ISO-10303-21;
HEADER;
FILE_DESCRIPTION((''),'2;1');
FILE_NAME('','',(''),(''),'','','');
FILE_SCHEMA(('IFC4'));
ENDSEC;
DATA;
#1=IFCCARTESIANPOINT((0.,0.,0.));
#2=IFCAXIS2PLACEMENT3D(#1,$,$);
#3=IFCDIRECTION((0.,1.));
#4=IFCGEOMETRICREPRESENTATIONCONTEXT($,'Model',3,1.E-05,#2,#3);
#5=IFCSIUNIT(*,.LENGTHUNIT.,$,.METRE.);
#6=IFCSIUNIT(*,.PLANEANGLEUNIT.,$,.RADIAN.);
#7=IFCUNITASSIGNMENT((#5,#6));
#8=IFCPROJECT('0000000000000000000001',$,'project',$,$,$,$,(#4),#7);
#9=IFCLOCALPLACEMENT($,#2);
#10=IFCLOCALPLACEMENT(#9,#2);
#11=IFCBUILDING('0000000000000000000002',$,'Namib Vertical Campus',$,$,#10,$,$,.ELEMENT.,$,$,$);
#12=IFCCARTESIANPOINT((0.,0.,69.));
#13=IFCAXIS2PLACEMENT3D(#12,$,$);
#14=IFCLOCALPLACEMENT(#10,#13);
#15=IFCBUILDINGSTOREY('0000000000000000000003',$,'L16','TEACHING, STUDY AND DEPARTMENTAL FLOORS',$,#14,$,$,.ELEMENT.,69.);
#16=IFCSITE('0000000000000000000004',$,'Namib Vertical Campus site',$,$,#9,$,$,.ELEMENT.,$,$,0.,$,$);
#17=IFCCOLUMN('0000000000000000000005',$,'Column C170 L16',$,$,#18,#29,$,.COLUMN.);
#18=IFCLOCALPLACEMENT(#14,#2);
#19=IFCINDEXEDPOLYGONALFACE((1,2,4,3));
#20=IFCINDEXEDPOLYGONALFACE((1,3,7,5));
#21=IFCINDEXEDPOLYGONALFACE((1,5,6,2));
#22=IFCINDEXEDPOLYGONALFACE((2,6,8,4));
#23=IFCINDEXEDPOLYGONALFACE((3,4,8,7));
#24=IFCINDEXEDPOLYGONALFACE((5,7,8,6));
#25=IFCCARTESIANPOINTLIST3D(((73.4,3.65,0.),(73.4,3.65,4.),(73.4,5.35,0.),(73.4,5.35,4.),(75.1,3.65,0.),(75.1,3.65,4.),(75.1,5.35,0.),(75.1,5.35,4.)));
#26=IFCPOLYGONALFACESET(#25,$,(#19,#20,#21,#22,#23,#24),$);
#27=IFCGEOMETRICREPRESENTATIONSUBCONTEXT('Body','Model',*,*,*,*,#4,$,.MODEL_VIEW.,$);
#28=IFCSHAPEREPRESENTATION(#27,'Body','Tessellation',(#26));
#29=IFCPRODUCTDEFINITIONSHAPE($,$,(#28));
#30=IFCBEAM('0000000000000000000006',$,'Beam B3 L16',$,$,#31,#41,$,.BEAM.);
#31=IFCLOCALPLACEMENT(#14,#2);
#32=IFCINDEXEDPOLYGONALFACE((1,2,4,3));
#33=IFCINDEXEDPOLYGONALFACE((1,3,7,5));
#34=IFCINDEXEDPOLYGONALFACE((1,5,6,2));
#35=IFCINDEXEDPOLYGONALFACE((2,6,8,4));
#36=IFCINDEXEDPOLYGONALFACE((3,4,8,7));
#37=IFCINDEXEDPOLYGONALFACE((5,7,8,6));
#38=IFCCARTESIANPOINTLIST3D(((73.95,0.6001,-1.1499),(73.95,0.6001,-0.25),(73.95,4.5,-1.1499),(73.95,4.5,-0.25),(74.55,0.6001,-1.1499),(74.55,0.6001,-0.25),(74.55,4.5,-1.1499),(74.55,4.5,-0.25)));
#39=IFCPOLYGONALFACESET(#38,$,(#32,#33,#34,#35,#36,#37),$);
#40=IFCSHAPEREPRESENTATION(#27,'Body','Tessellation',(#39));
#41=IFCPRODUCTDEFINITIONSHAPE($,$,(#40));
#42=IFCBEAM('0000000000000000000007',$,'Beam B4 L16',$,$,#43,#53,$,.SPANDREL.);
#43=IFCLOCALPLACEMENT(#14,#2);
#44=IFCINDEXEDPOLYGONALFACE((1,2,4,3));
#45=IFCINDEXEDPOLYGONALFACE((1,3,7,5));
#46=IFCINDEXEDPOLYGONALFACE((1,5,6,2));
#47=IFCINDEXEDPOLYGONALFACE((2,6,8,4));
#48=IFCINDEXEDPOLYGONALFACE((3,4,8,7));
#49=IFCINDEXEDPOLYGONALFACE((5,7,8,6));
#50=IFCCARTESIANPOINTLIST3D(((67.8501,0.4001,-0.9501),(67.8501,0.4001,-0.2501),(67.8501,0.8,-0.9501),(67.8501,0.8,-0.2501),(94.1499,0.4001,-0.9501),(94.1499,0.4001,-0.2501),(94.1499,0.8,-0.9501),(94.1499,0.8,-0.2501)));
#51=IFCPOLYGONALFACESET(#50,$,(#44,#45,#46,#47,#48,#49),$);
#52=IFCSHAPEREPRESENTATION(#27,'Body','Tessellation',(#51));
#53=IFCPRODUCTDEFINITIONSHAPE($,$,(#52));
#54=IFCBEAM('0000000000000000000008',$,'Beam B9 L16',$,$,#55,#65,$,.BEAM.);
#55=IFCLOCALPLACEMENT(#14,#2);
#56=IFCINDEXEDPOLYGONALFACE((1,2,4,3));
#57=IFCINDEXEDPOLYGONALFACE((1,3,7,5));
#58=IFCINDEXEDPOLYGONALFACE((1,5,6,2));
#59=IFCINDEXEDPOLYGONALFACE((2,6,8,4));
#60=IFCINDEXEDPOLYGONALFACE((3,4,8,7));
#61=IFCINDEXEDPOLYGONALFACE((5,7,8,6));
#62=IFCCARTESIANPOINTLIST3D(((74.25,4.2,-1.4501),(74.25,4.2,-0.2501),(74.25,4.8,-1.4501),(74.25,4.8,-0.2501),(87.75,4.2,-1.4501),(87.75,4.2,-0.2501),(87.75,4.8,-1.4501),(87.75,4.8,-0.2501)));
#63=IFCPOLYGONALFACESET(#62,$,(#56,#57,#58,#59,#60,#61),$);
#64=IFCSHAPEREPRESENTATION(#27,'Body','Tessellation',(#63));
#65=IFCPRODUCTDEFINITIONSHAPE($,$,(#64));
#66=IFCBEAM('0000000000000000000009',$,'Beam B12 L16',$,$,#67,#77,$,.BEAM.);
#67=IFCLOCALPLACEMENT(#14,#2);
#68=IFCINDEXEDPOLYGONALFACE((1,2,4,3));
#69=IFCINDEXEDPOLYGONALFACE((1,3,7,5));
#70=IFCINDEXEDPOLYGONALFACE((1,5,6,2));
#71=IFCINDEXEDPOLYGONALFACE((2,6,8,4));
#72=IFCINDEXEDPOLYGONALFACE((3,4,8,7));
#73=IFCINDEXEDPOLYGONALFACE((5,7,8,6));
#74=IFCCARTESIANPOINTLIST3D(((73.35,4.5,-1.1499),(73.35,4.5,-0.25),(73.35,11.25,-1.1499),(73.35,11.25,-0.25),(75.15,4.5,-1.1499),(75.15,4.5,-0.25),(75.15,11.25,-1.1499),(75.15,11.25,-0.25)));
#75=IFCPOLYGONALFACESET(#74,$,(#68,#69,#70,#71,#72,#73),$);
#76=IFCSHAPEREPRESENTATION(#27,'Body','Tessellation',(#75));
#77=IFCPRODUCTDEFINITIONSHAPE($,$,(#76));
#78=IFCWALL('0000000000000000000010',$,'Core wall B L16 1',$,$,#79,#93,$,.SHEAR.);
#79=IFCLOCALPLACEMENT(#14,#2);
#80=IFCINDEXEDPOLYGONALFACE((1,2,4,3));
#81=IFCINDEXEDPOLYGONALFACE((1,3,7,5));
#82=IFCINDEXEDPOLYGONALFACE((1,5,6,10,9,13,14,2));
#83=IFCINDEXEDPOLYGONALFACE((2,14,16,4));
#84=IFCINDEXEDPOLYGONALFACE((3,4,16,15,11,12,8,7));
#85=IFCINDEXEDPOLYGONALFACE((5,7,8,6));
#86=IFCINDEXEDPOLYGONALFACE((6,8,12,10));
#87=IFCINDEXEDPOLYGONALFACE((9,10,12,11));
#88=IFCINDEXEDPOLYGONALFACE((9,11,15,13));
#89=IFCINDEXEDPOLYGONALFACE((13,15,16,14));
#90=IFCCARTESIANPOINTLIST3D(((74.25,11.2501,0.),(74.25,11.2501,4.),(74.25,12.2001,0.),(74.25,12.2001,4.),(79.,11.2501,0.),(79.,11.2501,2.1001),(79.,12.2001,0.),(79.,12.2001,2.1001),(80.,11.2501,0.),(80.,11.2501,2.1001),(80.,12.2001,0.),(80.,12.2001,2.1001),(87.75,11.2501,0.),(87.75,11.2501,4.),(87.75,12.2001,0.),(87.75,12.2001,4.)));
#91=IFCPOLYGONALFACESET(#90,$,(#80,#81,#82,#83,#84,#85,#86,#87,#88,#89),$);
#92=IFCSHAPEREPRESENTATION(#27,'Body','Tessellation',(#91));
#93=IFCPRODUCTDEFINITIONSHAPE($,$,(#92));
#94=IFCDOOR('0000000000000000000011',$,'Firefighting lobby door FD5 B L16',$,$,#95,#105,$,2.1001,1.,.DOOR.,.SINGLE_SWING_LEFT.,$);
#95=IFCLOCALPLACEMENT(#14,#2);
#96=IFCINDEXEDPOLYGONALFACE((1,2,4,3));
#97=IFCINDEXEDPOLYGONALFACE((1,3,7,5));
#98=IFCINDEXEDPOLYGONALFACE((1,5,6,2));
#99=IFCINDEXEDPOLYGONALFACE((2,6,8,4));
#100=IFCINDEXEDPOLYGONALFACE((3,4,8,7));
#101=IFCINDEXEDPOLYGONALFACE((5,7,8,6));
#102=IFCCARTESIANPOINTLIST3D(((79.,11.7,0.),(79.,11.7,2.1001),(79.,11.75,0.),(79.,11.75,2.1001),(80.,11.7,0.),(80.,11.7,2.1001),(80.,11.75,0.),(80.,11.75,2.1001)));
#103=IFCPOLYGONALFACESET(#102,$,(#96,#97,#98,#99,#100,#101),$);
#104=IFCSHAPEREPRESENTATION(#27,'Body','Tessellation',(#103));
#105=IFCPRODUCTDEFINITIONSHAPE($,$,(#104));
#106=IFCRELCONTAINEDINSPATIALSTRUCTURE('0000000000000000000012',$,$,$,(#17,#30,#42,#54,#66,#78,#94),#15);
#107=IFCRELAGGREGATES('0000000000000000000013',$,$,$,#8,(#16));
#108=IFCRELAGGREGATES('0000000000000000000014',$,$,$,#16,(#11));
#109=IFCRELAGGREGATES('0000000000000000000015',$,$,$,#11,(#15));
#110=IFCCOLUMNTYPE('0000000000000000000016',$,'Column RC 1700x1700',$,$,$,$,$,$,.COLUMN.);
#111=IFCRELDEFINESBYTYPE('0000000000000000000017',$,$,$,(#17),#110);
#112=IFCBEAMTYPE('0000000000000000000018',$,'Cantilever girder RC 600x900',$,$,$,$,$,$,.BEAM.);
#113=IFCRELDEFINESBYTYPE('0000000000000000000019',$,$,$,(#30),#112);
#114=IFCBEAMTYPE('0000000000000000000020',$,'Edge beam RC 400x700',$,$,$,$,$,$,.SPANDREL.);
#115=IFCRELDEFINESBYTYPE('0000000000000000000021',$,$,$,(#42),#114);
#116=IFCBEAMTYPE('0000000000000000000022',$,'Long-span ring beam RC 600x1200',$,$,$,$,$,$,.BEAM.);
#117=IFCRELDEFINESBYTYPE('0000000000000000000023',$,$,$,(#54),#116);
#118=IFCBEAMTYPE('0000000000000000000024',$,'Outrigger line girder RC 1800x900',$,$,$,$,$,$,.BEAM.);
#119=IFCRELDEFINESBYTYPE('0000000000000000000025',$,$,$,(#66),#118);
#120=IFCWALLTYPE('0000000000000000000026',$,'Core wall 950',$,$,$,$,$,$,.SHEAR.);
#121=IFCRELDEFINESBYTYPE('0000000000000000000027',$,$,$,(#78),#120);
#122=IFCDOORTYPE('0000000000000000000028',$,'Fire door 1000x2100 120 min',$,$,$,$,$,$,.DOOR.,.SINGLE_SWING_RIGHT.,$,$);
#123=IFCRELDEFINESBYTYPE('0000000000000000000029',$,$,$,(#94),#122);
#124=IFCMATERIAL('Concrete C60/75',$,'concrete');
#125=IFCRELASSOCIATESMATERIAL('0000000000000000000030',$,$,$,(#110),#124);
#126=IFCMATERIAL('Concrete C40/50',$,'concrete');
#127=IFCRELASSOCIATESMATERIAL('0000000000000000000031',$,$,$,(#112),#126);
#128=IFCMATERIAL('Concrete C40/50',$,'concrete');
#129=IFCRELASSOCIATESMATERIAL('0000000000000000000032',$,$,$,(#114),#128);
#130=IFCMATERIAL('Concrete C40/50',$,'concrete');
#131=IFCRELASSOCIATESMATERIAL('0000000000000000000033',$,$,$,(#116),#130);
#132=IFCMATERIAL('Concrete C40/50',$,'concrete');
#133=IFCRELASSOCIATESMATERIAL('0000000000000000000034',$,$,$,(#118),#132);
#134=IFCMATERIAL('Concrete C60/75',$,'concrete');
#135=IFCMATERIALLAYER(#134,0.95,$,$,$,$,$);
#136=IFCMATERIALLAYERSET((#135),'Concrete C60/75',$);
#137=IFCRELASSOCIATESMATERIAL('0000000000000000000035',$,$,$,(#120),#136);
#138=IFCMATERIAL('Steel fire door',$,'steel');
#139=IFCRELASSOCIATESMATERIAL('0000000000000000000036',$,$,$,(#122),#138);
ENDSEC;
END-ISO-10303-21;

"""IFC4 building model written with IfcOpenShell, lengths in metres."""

from ifc_helpers import new_model, si_unit, direction, frame, frame_2d, origin, origin_2d, place, context, subcontext, project, spatial, rectangle, extrude, material, layer, layer_set, material_profile, profile_set, type_object, element, fill, save


model = new_model("IFC4")

# Units and contexts
model_context = context("Model", 3, precision=1e-05, world=origin(), true_north=direction((0.0, 1.0)))
body_context = subcontext(model_context, "Body", "Model", "MODEL_VIEW")
ifc_project = project(units=[si_unit("LENGTHUNIT", "METRE"), si_unit("PLANEANGLEUNIT", "RADIAN")], contexts=[model_context])

# Site, building, storey
site_placement = place(None, origin())
site = spatial("IfcSite", under=ifc_project, at=site_placement, Name="Namib Vertical Campus site", CompositionType="ELEMENT", RefElevation=0.0)
building_placement = place(site_placement, origin())
building = spatial("IfcBuilding", under=site, at=building_placement, Name="Namib Vertical Campus", CompositionType="ELEMENT")
storey_placement = place(building_placement, frame((0.0, 0.0, 69.0)))
storey = spatial("IfcBuildingStorey", under=building, at=storey_placement, Name="L16", Description="TEACHING, STUDY AND DEPARTMENTAL FLOORS", CompositionType="ELEMENT", Elevation=69.0)

# Column
ifc_material_1 = material(Name="Concrete C60/75", Category="concrete")
ifc_material_profile_1 = material_profile(ifc_material_1, rectangle(XDim=1.7, YDim=1.7, at=origin_2d()))
ifc_profile_set_1 = profile_set([ifc_material_profile_1], Name="Concrete C60/75")
column_type = type_object("IfcColumnType", Name="Column RC 1700x1700", PredefinedType="COLUMN", material=ifc_profile_set_1)
column_placement = place(storey_placement, frame((74.25, 4.5, 0.0), z_axis=(0.0, 0.0, 1.0), x_axis=(1.0, 0.0, 0.0)))
element("IfcColumn", 1, at=column_placement, inside=storey, type_object=column_type, Name="Column C170 L16", PredefinedType="COLUMN", context=body_context, shape_type="SweptSolid", body=[
    extrude(rectangle(XDim=1.7, YDim=1.7, at=origin_2d()), origin(), (0.0, 0.0, 1.0), 4.0),
])

# Beams
ifc_material_2 = material(Name="Concrete C40/50", Category="concrete")
ifc_material_profile_2 = material_profile(ifc_material_2, rectangle(XDim=0.6001, YDim=0.8999, at=origin_2d()))
ifc_profile_set_2 = profile_set([ifc_material_profile_2], Name="Concrete C40/50")
beam_type_1 = type_object("IfcBeamType", Name="Cantilever girder RC 600x900", PredefinedType="BEAM", material=ifc_profile_set_2)
beam_1_placement = place(storey_placement, frame((74.25, 4.5, -0.7), z_axis=(0.0, -1.0, 0.0), x_axis=(1.0, 0.0, 0.0)))
element("IfcBeam", 2, at=beam_1_placement, inside=storey, type_object=beam_type_1, Name="Beam B3 L16", PredefinedType="BEAM", context=body_context, shape_type="SweptSolid", body=[
    extrude(rectangle(XDim=0.6001, YDim=0.8999, at=origin_2d()), origin(), (0.0, 0.0, 1.0), 3.8999),
])
ifc_material_3 = material(Name="Concrete C40/50", Category="concrete")
ifc_material_profile_3 = material_profile(ifc_material_3, rectangle(XDim=0.3999, YDim=0.7, at=origin_2d()))
ifc_profile_set_3 = profile_set([ifc_material_profile_3], Name="Concrete C40/50")
beam_type_2 = type_object("IfcBeamType", Name="Edge beam RC 400x700", PredefinedType="SPANDREL", material=ifc_profile_set_3)
beam_2_placement = place(storey_placement, frame((67.8501, 0.6001, -0.6001), z_axis=(1.0, 0.0, 0.0), x_axis=(0.0, 1.0, 0.0)))
element("IfcBeam", 3, at=beam_2_placement, inside=storey, type_object=beam_type_2, Name="Beam B4 L16", PredefinedType="SPANDREL", context=body_context, shape_type="SweptSolid", body=[
    extrude(rectangle(XDim=0.3999, YDim=0.7, at=origin_2d()), origin(), (0.0, 0.0, 1.0), 26.2998),
])
ifc_material_4 = material(Name="Concrete C40/50", Category="concrete")
ifc_material_profile_4 = material_profile(ifc_material_4, rectangle(XDim=0.6001, YDim=1.2, at=origin_2d()))
ifc_profile_set_4 = profile_set([ifc_material_profile_4], Name="Concrete C40/50")
beam_type_3 = type_object("IfcBeamType", Name="Long-span ring beam RC 600x1200", PredefinedType="BEAM", material=ifc_profile_set_4)
beam_3_placement = place(storey_placement, frame((74.25, 4.5, -0.8501), z_axis=(1.0, 0.0, 0.0), x_axis=(0.0, 1.0, 0.0)))
element("IfcBeam", 4, at=beam_3_placement, inside=storey, type_object=beam_type_3, Name="Beam B9 L16", PredefinedType="BEAM", context=body_context, shape_type="SweptSolid", body=[
    extrude(rectangle(XDim=0.6001, YDim=1.2, at=origin_2d()), origin(), (0.0, 0.0, 1.0), 13.5),
])
ifc_material_5 = material(Name="Concrete C40/50", Category="concrete")
ifc_material_profile_5 = material_profile(ifc_material_5, rectangle(XDim=1.8, YDim=0.8999, at=origin_2d()))
ifc_profile_set_5 = profile_set([ifc_material_profile_5], Name="Concrete C40/50")
beam_type_4 = type_object("IfcBeamType", Name="Outrigger line girder RC 1800x900", PredefinedType="BEAM", material=ifc_profile_set_5)
beam_4_placement = place(storey_placement, frame((74.25, 4.5, -0.7), z_axis=(0.0, 1.0, 0.0), x_axis=(-1.0, 0.0, 0.0)))
element("IfcBeam", 5, at=beam_4_placement, inside=storey, type_object=beam_type_4, Name="Beam B12 L16", PredefinedType="BEAM", context=body_context, shape_type="SweptSolid", body=[
    extrude(rectangle(XDim=1.8, YDim=0.8999, at=origin_2d()), origin(), (0.0, 0.0, 1.0), 6.75),
])

# Wall, opening, door
ifc_material_6 = material(Name="Concrete C60/75", Category="concrete")
ifc_layer_1 = layer(ifc_material_6, 0.95)
ifc_layer_set_1 = layer_set([ifc_layer_1], Name="Concrete C60/75")
wall_type_1 = type_object("IfcWallType", Name="Core wall 950", PredefinedType="SHEAR", material=ifc_layer_set_1)
wall_1_placement = place(storey_placement, frame((74.25, 11.7251, 0.0), z_axis=(0.0, 0.0, 1.0), x_axis=(1.0, 0.0, 0.0)))
wall_1 = element("IfcWall", 6, at=wall_1_placement, inside=storey, type_object=wall_type_1, Name="Core wall B L16 1", PredefinedType="SHEAR", context=body_context, shape_type="SweptSolid", body=[
    extrude(rectangle(XDim=13.5, YDim=0.95, at=frame_2d((6.75, 0.0))), origin(), (0.0, 0.0, 1.0), 4.0),
])
opening_1_placement = place(wall_1_placement, frame((4.75, 0.0, 0.0)))
opening_1 = element("IfcOpeningElement", 7, at=opening_1_placement, cuts=wall_1, PredefinedType="OPENING", context=body_context, shape_type="SweptSolid", body=[
    extrude(rectangle(XDim=1.0, YDim=2.1001, at=frame_2d((0.5, 1.05))), frame((0.0, 0.4849, 0.0), z_axis=(0.0, -1.0, 0.0), x_axis=(1.0, 0.0, 0.0)), (0.0, 0.0, 1.0), 0.97),
])
ifc_material_7 = material(Name="Steel fire door", Category="steel")
door_type_1 = type_object("IfcDoorType", Name="Fire door 1000x2100 120 min", OperationType="SINGLE_SWING_RIGHT", PredefinedType="DOOR", material=ifc_material_7)
door_1_placement = place(opening_1_placement, origin())
door_1 = element("IfcDoor", 8, at=door_1_placement, inside=storey, type_object=door_type_1, Name="Firefighting lobby door FD5 B L16", OperationType="SINGLE_SWING_LEFT", OverallHeight=2.1001, OverallWidth=1.0, PredefinedType="DOOR", context=body_context, shape_type="SweptSolid", body=[
    extrude(rectangle(XDim=1.0, YDim=2.1001, at=frame_2d((0.5, 1.05))), frame((0.0, 0.0249, 0.0), z_axis=(0.0, -1.0, 0.0), x_axis=(1.0, 0.0, 0.0)), (0.0, 0.0, 1.0), 0.05),
])
fill(opening_1, door_1)

save(model, "model.ifc")
